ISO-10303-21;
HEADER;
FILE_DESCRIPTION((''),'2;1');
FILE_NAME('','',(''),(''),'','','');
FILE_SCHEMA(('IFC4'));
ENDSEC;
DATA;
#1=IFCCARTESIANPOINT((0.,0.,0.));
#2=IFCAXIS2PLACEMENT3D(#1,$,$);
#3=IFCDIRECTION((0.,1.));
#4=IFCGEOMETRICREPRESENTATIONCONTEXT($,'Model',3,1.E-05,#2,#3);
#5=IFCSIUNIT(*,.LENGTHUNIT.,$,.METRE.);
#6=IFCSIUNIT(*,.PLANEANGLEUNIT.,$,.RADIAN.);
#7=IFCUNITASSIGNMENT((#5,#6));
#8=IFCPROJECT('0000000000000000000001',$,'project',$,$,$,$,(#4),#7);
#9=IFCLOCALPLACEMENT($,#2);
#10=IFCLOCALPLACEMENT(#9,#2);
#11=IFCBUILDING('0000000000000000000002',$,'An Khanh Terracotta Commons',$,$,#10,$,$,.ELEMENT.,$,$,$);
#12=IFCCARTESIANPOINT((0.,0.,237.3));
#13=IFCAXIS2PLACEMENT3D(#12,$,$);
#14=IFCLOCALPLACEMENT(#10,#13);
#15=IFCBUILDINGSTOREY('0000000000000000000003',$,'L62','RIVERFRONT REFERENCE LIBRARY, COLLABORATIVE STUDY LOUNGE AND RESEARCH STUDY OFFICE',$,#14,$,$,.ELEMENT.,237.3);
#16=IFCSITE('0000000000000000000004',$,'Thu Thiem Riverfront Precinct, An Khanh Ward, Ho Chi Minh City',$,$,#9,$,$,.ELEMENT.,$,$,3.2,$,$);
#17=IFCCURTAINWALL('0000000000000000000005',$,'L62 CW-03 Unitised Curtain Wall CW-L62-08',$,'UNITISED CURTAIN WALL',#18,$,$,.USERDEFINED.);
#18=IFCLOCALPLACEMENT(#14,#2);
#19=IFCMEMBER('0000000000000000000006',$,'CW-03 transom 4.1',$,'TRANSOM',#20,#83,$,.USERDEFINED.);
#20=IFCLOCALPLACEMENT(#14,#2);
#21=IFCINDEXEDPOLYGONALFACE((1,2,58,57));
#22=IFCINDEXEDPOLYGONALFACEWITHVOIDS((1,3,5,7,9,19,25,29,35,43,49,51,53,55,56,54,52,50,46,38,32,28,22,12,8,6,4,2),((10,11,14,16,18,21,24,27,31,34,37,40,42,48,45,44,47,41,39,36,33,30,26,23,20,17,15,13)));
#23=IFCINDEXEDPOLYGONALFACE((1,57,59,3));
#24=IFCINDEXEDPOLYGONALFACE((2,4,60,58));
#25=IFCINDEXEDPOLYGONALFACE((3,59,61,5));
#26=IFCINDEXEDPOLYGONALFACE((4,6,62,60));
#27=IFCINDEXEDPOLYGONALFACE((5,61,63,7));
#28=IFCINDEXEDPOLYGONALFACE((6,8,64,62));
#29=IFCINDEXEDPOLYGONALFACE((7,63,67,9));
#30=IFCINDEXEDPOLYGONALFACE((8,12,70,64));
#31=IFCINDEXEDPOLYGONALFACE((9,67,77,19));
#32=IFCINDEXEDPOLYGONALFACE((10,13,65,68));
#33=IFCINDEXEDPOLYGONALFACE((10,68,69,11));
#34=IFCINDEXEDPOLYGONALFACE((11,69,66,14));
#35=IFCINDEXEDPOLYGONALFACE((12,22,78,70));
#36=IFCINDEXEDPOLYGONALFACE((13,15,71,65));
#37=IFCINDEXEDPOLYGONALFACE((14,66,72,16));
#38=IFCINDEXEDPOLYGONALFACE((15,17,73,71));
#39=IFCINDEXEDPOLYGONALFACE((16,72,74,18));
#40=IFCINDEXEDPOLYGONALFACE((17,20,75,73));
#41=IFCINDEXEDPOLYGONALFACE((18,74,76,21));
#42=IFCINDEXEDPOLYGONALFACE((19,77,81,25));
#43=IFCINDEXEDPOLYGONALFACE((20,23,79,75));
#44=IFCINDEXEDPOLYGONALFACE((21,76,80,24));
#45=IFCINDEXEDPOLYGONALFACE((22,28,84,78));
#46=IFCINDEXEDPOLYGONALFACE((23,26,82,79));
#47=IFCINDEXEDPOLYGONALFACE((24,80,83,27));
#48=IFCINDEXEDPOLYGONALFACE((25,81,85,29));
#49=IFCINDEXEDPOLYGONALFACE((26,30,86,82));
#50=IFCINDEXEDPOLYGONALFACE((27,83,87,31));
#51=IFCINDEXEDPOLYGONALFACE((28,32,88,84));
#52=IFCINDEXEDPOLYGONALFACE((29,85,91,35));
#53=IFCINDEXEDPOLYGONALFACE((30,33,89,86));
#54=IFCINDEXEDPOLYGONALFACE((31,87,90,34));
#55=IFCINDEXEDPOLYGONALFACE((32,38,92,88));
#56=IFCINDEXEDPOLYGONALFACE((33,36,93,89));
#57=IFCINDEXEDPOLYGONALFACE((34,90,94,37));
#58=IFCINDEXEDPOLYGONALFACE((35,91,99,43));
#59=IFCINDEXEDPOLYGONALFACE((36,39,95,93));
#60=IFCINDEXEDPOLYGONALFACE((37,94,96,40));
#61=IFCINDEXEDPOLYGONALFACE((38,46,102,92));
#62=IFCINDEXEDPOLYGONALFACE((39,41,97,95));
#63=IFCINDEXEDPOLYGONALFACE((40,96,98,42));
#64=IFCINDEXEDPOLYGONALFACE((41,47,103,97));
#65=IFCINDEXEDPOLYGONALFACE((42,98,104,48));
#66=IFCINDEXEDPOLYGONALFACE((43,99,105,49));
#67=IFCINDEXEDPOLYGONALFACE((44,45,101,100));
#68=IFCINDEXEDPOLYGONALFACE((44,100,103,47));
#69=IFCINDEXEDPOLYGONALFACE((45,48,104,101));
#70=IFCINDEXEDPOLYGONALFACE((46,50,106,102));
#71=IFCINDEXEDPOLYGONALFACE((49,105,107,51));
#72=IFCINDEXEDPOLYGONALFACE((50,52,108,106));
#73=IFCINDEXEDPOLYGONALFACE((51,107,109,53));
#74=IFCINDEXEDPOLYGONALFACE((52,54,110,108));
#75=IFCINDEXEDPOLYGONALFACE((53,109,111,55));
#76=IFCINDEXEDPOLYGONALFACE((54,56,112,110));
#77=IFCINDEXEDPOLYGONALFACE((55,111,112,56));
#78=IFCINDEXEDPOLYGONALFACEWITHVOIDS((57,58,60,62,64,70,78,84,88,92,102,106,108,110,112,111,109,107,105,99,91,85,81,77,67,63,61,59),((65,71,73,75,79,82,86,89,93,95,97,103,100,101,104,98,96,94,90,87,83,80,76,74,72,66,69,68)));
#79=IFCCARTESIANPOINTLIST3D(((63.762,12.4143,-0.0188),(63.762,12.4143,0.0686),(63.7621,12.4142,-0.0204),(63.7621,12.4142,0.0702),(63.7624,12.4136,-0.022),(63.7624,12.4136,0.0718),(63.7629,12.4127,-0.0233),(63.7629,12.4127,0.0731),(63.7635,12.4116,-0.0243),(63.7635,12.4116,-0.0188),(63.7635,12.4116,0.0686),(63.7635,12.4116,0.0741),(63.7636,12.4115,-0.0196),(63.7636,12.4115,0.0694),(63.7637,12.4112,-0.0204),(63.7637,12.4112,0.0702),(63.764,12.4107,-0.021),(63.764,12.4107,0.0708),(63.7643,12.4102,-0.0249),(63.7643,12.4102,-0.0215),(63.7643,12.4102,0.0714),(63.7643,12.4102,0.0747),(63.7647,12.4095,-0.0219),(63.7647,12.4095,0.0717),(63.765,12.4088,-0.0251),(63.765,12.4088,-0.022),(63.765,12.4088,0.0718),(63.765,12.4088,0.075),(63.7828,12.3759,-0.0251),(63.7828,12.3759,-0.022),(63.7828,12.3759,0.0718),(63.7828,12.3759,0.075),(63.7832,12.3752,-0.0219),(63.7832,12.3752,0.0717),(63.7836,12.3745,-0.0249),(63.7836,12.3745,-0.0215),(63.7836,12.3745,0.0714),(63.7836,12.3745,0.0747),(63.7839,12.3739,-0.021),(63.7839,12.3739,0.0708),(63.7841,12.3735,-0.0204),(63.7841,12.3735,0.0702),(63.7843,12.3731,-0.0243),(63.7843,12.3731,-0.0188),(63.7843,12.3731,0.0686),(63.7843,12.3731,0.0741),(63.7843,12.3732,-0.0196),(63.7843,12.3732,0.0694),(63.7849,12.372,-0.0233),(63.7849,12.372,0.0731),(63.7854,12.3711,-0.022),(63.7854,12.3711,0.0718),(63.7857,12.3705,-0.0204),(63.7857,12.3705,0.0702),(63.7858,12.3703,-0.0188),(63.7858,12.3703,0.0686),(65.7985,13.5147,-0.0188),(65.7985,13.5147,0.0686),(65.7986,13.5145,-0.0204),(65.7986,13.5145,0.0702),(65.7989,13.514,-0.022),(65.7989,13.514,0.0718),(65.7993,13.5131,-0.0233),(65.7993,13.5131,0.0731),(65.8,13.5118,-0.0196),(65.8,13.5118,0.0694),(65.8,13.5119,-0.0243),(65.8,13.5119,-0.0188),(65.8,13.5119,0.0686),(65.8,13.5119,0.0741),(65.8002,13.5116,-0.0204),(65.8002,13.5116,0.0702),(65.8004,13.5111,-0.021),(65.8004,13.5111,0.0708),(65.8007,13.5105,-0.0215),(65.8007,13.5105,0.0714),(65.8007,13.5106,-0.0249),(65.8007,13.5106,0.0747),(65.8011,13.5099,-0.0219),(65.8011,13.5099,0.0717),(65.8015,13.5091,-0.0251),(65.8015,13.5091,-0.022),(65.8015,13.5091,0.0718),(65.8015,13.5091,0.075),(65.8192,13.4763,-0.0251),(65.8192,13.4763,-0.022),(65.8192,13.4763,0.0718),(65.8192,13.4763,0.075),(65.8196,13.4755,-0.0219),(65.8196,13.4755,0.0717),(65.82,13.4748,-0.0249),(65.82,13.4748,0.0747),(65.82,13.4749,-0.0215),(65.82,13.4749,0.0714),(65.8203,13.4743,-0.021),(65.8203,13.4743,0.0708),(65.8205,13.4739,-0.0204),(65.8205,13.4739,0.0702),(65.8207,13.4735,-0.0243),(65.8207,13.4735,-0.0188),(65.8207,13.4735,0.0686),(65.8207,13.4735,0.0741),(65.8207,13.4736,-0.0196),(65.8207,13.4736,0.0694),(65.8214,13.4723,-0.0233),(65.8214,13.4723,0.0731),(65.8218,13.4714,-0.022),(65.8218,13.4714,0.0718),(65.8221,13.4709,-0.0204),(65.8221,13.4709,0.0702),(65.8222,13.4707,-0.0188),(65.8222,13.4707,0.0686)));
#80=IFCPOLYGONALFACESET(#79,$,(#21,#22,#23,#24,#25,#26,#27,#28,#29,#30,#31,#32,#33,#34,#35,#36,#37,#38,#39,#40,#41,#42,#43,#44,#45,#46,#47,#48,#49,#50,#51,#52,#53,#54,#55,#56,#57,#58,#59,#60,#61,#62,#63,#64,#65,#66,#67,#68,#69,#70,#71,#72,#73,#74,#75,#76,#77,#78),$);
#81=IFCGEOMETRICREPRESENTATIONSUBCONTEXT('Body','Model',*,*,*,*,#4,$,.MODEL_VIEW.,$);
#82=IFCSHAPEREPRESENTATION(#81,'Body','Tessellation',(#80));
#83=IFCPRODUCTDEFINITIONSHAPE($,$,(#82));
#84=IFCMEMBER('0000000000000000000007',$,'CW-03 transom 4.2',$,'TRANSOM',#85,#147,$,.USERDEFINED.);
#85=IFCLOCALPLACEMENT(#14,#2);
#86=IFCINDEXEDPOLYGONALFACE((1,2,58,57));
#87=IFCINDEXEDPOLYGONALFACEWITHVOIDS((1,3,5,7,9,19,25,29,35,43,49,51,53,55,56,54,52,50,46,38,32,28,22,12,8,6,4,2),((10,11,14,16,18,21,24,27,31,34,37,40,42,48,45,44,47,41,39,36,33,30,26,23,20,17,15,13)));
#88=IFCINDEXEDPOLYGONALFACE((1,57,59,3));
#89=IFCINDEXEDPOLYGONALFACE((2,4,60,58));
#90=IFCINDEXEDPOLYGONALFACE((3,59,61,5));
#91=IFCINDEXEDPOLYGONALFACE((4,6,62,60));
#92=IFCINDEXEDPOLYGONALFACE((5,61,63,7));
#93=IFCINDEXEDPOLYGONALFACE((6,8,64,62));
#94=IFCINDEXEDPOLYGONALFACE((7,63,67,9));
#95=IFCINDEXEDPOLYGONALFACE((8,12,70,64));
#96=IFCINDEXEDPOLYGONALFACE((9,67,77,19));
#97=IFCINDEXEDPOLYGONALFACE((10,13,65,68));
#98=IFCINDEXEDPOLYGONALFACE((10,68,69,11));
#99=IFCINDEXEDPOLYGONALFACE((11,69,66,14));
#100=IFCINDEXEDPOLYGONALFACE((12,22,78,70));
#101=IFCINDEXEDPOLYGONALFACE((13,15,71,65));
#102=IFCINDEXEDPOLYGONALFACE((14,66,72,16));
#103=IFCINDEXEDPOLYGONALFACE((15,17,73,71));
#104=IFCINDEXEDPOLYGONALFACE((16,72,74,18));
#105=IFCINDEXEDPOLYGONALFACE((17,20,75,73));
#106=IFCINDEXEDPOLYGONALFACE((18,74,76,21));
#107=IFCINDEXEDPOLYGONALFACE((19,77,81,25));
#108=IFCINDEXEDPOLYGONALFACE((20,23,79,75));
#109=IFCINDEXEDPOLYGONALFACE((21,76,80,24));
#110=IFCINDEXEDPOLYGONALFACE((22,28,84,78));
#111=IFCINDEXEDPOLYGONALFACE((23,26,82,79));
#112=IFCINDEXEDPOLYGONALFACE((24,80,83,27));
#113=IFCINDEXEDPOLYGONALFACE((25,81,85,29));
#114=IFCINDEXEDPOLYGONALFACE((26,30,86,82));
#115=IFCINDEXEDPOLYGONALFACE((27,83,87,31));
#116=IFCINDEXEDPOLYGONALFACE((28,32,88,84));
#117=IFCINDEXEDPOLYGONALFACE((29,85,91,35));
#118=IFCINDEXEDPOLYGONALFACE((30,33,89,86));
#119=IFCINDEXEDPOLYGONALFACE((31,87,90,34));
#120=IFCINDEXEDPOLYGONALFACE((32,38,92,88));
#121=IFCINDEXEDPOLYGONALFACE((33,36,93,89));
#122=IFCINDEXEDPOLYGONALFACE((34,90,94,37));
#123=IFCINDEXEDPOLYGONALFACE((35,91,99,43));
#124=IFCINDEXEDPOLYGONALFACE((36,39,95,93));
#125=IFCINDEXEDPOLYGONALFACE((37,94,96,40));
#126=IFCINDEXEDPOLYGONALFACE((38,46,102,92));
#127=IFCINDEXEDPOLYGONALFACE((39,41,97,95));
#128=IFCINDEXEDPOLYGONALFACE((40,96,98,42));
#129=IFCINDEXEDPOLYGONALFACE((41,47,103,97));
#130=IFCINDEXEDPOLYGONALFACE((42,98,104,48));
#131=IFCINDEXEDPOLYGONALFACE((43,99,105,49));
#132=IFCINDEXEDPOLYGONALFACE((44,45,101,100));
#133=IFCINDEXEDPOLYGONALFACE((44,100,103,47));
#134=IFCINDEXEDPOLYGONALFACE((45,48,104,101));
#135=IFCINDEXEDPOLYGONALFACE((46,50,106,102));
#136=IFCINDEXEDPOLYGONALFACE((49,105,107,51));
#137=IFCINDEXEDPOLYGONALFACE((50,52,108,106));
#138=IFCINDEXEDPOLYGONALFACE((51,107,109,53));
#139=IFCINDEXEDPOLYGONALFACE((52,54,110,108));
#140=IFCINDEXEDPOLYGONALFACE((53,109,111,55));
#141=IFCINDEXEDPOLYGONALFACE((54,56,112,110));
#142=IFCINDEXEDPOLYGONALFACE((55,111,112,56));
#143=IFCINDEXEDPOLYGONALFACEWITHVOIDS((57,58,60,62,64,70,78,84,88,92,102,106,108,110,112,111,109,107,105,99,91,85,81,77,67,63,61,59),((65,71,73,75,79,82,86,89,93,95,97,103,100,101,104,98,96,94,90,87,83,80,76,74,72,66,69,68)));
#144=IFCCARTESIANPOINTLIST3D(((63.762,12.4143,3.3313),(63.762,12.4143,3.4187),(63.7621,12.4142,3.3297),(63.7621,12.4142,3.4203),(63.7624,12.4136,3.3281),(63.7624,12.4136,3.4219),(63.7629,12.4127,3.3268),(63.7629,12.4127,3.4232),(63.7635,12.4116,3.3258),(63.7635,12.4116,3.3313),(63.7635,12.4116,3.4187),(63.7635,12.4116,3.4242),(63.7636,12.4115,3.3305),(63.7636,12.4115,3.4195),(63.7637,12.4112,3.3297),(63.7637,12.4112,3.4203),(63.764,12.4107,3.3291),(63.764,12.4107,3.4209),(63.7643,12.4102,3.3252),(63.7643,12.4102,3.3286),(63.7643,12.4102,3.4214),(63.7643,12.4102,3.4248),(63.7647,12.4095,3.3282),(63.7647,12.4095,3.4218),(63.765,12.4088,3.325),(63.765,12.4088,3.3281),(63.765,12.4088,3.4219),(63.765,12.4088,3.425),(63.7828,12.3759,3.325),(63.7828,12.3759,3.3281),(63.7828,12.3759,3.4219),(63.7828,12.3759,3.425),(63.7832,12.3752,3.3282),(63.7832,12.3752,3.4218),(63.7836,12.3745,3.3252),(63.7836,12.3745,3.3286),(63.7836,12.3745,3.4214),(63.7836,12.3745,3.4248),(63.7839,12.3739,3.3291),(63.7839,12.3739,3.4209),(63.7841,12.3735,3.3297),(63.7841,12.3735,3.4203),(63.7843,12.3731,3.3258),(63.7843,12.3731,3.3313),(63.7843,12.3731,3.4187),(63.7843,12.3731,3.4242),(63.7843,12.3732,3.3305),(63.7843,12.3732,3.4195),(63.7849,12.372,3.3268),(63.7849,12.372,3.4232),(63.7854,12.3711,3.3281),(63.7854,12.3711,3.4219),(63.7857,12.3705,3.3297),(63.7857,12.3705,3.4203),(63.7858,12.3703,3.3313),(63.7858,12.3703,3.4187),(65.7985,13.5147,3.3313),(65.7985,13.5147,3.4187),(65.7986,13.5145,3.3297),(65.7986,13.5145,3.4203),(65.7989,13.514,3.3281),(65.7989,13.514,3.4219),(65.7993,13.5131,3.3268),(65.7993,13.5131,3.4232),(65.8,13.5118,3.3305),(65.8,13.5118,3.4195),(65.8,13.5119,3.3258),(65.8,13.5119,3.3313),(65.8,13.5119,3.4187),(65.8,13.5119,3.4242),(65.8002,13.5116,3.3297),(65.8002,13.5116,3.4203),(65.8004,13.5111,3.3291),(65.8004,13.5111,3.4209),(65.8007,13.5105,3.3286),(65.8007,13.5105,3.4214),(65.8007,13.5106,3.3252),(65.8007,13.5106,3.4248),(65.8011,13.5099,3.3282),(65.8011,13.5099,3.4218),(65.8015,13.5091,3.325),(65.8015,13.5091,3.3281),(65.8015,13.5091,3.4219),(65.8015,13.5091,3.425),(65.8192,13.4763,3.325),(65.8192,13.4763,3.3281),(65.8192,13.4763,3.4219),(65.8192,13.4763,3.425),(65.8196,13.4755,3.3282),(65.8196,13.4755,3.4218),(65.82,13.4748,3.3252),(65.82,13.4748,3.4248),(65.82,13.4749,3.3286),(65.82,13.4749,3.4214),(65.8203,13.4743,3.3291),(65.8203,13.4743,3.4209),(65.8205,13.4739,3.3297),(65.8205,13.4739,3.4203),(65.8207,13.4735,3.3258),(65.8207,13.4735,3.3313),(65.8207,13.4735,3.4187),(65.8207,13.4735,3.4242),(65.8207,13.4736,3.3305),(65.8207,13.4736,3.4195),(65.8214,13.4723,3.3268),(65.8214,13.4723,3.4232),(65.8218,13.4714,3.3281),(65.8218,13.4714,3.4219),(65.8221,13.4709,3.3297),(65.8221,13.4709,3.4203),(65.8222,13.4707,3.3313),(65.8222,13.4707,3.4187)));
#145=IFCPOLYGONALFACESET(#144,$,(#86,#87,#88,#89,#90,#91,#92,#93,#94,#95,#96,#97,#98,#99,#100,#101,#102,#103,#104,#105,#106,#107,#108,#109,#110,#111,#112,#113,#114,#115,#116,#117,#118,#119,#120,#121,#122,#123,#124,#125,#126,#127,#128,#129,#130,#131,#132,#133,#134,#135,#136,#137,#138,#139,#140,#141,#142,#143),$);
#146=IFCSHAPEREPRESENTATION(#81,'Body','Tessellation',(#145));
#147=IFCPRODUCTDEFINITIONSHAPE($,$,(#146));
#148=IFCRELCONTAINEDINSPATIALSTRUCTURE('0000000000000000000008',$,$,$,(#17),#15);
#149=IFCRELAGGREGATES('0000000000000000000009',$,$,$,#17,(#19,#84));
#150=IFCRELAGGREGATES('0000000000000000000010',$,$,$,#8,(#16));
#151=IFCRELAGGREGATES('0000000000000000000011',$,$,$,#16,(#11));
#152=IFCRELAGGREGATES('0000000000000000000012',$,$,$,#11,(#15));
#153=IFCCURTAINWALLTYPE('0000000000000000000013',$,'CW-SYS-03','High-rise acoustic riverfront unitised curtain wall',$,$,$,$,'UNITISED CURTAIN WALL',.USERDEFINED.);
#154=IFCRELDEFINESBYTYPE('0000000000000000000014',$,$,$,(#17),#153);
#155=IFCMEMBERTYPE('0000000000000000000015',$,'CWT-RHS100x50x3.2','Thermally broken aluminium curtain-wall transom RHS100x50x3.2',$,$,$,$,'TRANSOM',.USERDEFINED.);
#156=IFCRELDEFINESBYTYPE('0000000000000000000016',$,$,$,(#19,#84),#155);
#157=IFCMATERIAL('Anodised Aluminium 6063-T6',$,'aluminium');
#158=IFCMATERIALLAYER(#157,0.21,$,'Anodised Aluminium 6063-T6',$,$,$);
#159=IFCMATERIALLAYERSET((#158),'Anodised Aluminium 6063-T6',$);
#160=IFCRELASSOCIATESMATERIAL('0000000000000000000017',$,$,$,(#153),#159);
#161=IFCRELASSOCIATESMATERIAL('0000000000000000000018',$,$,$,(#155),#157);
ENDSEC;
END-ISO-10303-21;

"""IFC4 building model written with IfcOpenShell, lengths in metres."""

from ifc_helpers import new_model, si_unit, direction, frame, origin, origin_2d, place, context, subcontext, project, spatial, hollow_rectangle, extrude, material, layer, layer_set, material_profile, profile_set, type_object, element, aggregate, save


model = new_model("IFC4")

# Units and contexts
model_context = context("Model", 3, precision=1e-05, world=origin(), true_north=direction((0.0, 1.0)))
body_context = subcontext(model_context, "Body", "Model", "MODEL_VIEW")
ifc_project = project(units=[si_unit("LENGTHUNIT", "METRE"), si_unit("PLANEANGLEUNIT", "RADIAN")], contexts=[model_context])

# Site, building, storey
site_placement = place(None, origin())
site = spatial("IfcSite", under=ifc_project, at=site_placement, Name="Thu Thiem Riverfront Precinct, An Khanh Ward, Ho Chi Minh City", CompositionType="ELEMENT", RefElevation=3.2)
building_placement = place(site_placement, origin())
building = spatial("IfcBuilding", under=site, at=building_placement, Name="An Khanh Terracotta Commons", CompositionType="ELEMENT")
storey_placement = place(building_placement, frame((0.0, 0.0, 237.3)))
storey = spatial("IfcBuildingStorey", under=building, at=storey_placement, Name="L62", Description="RIVERFRONT REFERENCE LIBRARY, COLLABORATIVE STUDY LOUNGE AND RESEARCH STUDY OFFICE", CompositionType="ELEMENT", Elevation=237.3)

# Curtain wall
ifc_material_1 = material(Name="Anodised Aluminium 6063-T6", Category="aluminium")
ifc_layer_1 = layer(ifc_material_1, 0.21, Name="Anodised Aluminium 6063-T6")
ifc_layer_set_1 = layer_set([ifc_layer_1], Name="Anodised Aluminium 6063-T6")
curtain_wall_type = type_object("IfcCurtainWallType", Name="CW-SYS-03", Description="High-rise acoustic riverfront unitised curtain wall", ElementType="UNITISED CURTAIN WALL", PredefinedType="USERDEFINED", material=ifc_layer_set_1)
curtain_wall_1_placement = place(storey_placement, origin())
curtain_wall_1 = element("IfcCurtainWall", 1, at=curtain_wall_1_placement, inside=storey, type_object=curtain_wall_type, Name="L62 CW-03 Unitised Curtain Wall CW-L62-08", ObjectType="UNITISED CURTAIN WALL", PredefinedType="USERDEFINED")

# Members
ifc_material_profile_1 = material_profile(ifc_material_1, hollow_rectangle(XDim=0.05, YDim=0.1001, WallThickness=0.0032, InnerFilletRadius=0.0032, OuterFilletRadius=0.0063, at=origin_2d()), Name="RHS100x50x3.2")
ifc_profile_set_1 = profile_set([ifc_material_profile_1], Name="Anodised Aluminium 6063-T6")
member_type_1 = type_object("IfcMemberType", Name="CWT-RHS100x50x3.2", Description="Thermally broken aluminium curtain-wall transom RHS100x50x3.2", ElementType="TRANSOM", PredefinedType="USERDEFINED", material=ifc_profile_set_1)
member_1_placement = place(storey_placement, frame((63.7739, 12.3923, 0.0249), z_axis=(0.879779, 0.475382, 0.0), x_axis=(-0.475382, 0.879779, 0.0)))
member_1 = element("IfcMember", 2, at=member_1_placement, type_object=member_type_1, Name="CW-03 transom 4.1", ObjectType="TRANSOM", PredefinedType="USERDEFINED", context=body_context, shape_type="SweptSolid", body=[
    extrude(hollow_rectangle(XDim=0.05, YDim=0.1001, WallThickness=0.0032, InnerFilletRadius=0.0032, OuterFilletRadius=0.0063, at=origin_2d()), origin(), (0.0, 0.0, 1.0), 2.3147),
])
member_2_placement = place(storey_placement, frame((63.7739, 12.3923, 3.375), z_axis=(0.879779, 0.475382, 0.0), x_axis=(-0.475382, 0.879779, 0.0)))
member_2 = element("IfcMember", 3, at=member_2_placement, type_object=member_type_1, Name="CW-03 transom 4.2", ObjectType="TRANSOM", PredefinedType="USERDEFINED", context=body_context, shape_type="SweptSolid", body=[
    extrude(hollow_rectangle(XDim=0.05, YDim=0.1001, WallThickness=0.0032, InnerFilletRadius=0.0032, OuterFilletRadius=0.0063, at=origin_2d()), origin(), (0.0, 0.0, 1.0), 2.3147),
])

aggregate(curtain_wall_1, [member_1, member_2])

save(model, "model.ifc")
